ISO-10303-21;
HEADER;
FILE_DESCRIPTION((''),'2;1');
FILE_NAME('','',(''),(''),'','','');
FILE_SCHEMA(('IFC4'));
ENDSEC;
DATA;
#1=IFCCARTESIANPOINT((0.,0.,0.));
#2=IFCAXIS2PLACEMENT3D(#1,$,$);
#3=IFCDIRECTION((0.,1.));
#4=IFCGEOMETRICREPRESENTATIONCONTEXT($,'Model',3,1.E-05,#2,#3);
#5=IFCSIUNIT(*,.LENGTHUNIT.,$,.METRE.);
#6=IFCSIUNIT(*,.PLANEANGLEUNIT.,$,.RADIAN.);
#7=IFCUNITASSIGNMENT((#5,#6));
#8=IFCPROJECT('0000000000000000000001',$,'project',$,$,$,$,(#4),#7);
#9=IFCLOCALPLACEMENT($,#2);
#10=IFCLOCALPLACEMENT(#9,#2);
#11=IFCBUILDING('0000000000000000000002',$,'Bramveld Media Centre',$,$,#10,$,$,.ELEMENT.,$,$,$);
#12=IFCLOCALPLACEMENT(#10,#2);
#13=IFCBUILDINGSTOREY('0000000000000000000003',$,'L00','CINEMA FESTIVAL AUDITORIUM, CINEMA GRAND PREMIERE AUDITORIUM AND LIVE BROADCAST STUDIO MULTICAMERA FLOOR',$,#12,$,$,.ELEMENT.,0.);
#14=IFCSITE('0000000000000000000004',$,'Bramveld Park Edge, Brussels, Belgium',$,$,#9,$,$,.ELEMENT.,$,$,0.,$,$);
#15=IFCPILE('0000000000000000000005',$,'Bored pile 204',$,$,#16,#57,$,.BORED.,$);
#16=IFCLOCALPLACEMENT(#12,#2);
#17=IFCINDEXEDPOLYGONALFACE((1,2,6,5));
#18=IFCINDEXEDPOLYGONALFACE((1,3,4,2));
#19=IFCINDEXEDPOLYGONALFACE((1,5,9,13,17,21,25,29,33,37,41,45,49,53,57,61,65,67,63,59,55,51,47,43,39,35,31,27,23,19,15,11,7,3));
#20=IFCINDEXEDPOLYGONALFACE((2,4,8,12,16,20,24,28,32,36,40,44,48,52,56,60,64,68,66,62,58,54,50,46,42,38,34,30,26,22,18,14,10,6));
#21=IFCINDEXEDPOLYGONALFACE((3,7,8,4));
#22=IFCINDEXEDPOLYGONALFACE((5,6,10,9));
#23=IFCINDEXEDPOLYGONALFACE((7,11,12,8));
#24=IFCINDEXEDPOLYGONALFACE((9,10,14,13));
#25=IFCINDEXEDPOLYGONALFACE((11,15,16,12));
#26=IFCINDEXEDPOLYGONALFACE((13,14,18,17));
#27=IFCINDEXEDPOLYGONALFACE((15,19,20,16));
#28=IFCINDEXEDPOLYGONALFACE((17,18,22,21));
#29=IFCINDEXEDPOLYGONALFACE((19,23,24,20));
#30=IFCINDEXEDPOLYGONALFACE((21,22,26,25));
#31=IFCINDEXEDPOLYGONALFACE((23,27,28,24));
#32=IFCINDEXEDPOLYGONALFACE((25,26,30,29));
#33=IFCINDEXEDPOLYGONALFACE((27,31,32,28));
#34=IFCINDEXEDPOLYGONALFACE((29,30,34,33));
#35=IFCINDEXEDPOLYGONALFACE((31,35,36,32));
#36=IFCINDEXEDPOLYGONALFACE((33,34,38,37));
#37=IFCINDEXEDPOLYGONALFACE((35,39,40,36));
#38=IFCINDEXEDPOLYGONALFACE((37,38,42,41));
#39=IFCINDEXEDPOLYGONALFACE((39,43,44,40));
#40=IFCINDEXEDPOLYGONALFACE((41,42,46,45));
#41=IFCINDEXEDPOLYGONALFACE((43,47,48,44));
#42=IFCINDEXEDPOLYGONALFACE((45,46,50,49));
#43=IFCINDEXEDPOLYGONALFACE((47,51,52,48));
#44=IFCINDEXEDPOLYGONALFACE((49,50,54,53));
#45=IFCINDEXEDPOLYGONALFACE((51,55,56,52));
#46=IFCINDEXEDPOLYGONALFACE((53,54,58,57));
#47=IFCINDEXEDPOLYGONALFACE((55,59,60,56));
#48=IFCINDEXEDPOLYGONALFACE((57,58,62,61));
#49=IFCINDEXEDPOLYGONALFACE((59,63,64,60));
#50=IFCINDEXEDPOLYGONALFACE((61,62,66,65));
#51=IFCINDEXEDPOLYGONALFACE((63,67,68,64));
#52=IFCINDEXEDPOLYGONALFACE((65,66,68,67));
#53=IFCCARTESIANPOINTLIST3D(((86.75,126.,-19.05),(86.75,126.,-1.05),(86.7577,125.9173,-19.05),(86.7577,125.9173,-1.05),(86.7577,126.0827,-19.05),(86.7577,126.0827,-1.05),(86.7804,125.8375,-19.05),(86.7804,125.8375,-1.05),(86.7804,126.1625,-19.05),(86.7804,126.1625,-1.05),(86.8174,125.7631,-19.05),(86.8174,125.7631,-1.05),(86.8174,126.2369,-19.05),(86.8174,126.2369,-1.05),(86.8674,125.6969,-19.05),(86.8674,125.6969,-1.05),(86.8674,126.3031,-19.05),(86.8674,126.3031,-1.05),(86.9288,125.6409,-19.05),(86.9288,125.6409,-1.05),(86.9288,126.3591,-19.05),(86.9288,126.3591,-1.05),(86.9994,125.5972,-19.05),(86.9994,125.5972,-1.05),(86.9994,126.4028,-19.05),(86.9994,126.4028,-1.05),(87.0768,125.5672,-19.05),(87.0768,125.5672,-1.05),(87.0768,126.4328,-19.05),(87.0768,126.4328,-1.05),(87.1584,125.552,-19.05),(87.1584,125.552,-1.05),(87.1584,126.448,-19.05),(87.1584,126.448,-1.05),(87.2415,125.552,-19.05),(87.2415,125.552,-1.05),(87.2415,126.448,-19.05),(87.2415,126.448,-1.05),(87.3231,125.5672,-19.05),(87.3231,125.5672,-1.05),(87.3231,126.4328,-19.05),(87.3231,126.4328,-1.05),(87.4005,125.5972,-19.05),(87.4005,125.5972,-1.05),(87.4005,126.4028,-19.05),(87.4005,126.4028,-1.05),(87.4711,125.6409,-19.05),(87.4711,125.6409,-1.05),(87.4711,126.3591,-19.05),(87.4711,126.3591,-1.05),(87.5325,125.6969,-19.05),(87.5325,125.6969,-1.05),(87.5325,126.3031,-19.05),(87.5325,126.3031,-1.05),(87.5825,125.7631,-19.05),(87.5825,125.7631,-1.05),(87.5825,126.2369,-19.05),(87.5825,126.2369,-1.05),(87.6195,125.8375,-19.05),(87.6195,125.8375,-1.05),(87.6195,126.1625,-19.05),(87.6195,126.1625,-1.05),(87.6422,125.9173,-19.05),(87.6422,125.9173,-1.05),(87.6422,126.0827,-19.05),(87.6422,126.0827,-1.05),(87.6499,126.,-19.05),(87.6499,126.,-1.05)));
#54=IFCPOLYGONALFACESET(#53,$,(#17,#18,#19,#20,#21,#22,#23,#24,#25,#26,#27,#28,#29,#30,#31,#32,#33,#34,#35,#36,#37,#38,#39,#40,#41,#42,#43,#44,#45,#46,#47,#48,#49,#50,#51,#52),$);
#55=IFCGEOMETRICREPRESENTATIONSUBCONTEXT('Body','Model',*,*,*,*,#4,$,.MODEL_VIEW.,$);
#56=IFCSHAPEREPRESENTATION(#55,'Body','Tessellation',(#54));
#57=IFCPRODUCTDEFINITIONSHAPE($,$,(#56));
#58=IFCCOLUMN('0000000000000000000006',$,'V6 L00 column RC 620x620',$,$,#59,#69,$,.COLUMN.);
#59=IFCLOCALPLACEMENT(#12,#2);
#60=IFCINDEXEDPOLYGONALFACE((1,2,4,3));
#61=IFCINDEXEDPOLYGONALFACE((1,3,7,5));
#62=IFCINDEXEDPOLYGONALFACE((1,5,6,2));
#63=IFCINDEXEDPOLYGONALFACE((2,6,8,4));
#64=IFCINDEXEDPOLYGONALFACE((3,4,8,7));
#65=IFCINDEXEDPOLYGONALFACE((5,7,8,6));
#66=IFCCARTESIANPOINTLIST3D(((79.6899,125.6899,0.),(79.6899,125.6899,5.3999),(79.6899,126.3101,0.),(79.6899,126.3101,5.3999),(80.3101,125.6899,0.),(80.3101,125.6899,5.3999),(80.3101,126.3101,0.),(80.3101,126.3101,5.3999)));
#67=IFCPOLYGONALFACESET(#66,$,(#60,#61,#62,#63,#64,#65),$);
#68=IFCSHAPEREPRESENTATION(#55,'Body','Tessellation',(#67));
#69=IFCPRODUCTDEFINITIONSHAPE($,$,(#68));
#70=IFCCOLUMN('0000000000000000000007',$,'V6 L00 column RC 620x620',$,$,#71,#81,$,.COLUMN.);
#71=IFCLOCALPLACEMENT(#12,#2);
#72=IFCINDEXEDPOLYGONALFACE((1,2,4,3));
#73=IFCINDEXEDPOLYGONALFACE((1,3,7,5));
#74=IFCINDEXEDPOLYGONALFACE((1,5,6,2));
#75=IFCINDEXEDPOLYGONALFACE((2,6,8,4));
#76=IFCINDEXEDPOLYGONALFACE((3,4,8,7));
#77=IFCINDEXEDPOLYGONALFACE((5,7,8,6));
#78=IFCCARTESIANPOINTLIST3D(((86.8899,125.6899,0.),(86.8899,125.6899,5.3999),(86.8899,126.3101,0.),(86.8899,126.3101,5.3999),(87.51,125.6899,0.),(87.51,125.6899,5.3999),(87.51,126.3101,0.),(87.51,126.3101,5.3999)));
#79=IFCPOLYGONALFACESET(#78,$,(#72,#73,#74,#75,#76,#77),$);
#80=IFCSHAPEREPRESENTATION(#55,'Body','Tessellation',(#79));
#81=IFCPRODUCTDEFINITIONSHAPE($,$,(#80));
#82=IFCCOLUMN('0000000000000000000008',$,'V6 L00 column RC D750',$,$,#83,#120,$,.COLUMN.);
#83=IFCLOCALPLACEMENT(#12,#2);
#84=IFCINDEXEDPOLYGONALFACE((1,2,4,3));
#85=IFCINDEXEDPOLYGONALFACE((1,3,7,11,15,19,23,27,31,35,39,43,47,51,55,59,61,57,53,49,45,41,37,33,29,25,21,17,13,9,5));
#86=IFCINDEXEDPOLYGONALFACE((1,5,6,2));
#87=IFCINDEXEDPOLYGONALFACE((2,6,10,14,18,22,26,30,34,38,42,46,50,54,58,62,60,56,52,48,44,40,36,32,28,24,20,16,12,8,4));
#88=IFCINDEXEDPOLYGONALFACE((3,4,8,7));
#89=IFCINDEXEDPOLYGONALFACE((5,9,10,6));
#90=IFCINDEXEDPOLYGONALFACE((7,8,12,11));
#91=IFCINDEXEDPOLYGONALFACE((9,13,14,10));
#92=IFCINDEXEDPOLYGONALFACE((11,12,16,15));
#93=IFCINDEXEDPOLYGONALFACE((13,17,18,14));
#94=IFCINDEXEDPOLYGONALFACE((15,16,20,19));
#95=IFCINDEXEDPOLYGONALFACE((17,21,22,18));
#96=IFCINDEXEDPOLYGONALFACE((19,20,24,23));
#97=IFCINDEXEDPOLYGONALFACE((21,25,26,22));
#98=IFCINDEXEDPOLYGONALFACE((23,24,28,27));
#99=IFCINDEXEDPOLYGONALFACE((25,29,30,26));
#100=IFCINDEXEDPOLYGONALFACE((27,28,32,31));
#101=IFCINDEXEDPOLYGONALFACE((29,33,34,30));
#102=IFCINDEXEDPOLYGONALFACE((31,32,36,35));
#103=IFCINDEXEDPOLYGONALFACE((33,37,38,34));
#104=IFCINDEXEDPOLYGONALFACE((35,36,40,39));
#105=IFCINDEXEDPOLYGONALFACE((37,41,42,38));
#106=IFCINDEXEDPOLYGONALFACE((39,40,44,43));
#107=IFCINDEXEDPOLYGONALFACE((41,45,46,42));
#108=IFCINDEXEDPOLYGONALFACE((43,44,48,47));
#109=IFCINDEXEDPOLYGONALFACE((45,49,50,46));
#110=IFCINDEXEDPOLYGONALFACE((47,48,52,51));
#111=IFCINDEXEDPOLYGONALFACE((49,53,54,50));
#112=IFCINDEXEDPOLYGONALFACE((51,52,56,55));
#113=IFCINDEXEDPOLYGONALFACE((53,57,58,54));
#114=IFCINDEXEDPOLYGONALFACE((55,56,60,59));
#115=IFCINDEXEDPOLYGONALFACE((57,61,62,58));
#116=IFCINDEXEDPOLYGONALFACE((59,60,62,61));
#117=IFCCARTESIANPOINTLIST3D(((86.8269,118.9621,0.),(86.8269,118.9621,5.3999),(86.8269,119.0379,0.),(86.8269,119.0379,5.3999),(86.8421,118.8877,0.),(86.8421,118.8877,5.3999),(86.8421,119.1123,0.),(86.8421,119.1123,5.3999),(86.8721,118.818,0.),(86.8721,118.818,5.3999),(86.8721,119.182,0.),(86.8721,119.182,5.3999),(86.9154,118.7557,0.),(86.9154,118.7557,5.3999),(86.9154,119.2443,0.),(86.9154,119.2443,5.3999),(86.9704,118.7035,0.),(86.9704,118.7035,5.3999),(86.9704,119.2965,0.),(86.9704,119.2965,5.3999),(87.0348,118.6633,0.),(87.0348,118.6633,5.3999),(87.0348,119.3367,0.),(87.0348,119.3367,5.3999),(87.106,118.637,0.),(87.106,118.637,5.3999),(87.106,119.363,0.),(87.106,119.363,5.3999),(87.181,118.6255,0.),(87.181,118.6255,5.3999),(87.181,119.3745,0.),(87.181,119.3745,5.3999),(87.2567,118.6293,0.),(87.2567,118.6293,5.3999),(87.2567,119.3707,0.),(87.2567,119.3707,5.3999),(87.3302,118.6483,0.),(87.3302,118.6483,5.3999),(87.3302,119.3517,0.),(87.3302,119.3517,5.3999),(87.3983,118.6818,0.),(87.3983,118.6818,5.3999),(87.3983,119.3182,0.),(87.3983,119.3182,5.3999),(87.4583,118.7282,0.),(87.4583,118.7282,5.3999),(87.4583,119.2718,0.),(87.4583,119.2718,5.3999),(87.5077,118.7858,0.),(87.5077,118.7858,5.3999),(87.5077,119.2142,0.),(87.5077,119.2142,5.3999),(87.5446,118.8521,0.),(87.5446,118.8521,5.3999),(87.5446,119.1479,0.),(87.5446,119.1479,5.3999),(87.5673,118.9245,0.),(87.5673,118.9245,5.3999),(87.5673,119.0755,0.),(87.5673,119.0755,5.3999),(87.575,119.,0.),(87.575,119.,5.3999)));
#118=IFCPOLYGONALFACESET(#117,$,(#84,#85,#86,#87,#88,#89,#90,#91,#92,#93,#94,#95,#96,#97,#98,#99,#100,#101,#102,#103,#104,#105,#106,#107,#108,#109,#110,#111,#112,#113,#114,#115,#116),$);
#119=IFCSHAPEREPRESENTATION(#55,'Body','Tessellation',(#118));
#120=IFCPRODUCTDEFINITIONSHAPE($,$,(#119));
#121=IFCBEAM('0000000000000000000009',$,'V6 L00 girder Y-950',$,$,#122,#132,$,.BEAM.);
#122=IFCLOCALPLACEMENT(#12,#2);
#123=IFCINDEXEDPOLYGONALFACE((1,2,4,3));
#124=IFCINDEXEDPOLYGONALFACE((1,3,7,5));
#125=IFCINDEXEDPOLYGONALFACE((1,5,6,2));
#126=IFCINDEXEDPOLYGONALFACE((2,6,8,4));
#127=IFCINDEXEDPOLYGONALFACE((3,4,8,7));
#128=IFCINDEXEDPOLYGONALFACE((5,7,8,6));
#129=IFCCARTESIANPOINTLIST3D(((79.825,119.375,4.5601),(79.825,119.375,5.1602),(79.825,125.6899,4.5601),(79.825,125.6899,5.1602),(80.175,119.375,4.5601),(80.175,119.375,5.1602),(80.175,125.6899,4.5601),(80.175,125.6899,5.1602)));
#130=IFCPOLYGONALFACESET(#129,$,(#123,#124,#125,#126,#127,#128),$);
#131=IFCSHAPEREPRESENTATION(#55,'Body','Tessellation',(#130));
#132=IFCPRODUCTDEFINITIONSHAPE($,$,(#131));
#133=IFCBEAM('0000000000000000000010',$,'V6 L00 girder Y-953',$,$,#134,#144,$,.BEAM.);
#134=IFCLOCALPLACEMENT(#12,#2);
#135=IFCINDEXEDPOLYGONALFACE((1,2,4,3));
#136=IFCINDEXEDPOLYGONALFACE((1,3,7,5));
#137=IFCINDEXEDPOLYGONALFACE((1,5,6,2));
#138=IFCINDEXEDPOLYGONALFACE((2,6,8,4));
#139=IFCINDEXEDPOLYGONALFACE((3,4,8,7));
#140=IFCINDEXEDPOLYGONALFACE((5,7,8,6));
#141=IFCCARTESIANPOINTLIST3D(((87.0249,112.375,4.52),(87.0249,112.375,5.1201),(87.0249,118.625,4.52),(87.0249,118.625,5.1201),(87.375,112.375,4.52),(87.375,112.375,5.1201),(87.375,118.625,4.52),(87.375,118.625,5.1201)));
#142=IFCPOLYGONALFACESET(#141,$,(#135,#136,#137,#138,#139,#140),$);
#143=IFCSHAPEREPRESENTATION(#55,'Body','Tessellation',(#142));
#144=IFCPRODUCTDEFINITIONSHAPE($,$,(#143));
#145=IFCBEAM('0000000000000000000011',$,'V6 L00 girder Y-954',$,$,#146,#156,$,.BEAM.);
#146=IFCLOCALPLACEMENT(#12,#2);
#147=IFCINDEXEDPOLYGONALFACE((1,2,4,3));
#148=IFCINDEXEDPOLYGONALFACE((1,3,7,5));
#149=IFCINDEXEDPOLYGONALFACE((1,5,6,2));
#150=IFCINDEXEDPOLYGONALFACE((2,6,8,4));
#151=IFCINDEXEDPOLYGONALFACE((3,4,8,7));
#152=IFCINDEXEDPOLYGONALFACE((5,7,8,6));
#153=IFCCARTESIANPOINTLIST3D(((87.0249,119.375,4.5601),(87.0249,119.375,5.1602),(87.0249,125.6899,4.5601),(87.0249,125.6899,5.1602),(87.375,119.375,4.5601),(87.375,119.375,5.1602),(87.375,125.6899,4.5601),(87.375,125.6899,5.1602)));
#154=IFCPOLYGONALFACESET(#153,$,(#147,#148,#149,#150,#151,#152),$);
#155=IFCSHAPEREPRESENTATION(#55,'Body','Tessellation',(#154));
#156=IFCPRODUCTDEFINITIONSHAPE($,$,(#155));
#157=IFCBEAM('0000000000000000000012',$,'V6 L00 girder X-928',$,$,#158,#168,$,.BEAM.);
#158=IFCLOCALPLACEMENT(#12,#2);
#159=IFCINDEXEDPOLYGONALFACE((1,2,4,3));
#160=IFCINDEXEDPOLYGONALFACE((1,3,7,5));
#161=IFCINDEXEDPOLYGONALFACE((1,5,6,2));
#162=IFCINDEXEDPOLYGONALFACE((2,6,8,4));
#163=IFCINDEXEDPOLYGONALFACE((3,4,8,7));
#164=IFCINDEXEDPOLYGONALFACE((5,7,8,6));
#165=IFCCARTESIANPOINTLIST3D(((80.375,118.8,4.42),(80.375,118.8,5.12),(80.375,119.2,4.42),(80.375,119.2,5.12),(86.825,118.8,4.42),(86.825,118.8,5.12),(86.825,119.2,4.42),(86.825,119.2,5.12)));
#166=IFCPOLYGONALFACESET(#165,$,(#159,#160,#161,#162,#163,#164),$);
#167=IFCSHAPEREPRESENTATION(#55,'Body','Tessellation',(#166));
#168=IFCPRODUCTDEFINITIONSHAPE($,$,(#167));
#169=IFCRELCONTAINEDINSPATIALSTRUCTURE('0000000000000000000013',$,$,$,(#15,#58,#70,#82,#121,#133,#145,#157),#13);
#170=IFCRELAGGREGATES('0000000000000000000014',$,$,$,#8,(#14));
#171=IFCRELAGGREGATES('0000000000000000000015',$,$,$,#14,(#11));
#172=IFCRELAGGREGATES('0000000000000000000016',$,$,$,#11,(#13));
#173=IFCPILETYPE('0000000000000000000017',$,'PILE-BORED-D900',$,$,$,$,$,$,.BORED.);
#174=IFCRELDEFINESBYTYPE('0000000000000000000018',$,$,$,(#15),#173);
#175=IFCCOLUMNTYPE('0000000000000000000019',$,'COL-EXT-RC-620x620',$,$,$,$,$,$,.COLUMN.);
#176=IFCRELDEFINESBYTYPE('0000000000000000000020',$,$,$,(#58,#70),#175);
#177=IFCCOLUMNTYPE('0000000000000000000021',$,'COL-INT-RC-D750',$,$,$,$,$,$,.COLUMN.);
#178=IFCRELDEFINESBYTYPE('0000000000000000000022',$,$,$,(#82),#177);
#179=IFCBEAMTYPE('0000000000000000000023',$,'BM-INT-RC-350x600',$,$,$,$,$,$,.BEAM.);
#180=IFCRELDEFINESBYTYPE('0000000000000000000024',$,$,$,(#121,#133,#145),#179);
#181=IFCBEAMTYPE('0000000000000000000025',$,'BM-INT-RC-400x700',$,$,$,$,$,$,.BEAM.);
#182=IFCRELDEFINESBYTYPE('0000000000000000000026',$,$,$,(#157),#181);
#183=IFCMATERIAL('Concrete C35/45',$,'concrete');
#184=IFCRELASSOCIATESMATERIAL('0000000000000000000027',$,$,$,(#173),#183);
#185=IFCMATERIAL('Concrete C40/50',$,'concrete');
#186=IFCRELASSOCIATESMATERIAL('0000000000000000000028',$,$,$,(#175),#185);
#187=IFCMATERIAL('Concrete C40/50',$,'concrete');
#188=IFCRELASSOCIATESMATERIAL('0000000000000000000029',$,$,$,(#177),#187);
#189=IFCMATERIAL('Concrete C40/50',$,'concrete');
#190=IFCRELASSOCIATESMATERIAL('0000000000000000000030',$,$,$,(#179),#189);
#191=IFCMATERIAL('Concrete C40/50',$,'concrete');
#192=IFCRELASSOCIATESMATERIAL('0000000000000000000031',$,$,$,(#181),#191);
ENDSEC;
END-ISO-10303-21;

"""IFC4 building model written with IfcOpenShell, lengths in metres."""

from ifc_helpers import new_model, si_unit, direction, frame, origin, origin_2d, place, context, subcontext, project, spatial, rectangle, circle, extrude, material, material_profile, profile_set, type_object, element, save


model = new_model("IFC4")

# Units and contexts
model_context = context("Model", 3, precision=1e-05, world=origin(), true_north=direction((0.0, 1.0)))
body_context = subcontext(model_context, "Body", "Model", "MODEL_VIEW")
ifc_project = project(units=[si_unit("LENGTHUNIT", "METRE"), si_unit("PLANEANGLEUNIT", "RADIAN")], contexts=[model_context])

# Site, building, storey
site_placement = place(None, origin())
site = spatial("IfcSite", under=ifc_project, at=site_placement, Name="Bramveld Park Edge, Brussels, Belgium", CompositionType="ELEMENT", RefElevation=0.0)
building_placement = place(site_placement, origin())
building = spatial("IfcBuilding", under=site, at=building_placement, Name="Bramveld Media Centre", CompositionType="ELEMENT")
storey_placement = place(building_placement, origin())
storey = spatial("IfcBuildingStorey", under=building, at=storey_placement, Name="L00", Description="CINEMA FESTIVAL AUDITORIUM, CINEMA GRAND PREMIERE AUDITORIUM AND LIVE BROADCAST STUDIO MULTICAMERA FLOOR", CompositionType="ELEMENT", Elevation=0.0)

# Pile
ifc_material_1 = material(Name="Concrete C35/45", Category="concrete")
ifc_material_profile_1 = material_profile(ifc_material_1, circle(Radius=0.45, at=origin_2d()), Name="BORED D900")
ifc_profile_set_1 = profile_set([ifc_material_profile_1], Name="Concrete C35/45")
pile_type = type_object("IfcPileType", Name="PILE-BORED-D900", PredefinedType="BORED", material=ifc_profile_set_1)
for number, where, z_axis, x_axis, name in (
    (1, (87.2, 126.0, -1.05), (0.0, 0.0, -1.0), (1.0, 0.0, 0.0), "Bored pile 204"),
):
    element("IfcPile", number, at=place(storey_placement, frame(where, z_axis=z_axis, x_axis=x_axis)), inside=storey, type_object=pile_type, Name=name, PredefinedType="BORED", context=body_context, shape_type="SweptSolid", body=[
        extrude(circle(Radius=0.45, at=origin_2d()), origin(), (0.0, 0.0, 1.0), 18.0),
    ])

# Columns
ifc_material_2 = material(Name="Concrete C40/50", Category="concrete")
ifc_material_profile_2 = material_profile(ifc_material_2, rectangle(XDim=0.6201, YDim=0.6201, at=origin_2d()), Name="RC 620x620")
ifc_profile_set_2 = profile_set([ifc_material_profile_2], Name="Concrete C40/50")
column_type_1 = type_object("IfcColumnType", Name="COL-EXT-RC-620x620", PredefinedType="COLUMN", material=ifc_profile_set_2)
for number, where, z_axis, x_axis, name in (
    (2, (80.0, 126.0, 0.0), (0.0, 0.0, 1.0), (1.0, 0.0, 0.0), "V6 L00 column RC 620x620"),
    (3, (87.2, 126.0, 0.0), (0.0, 0.0, 1.0), (1.0, 0.0, 0.0), "V6 L00 column RC 620x620"),
):
    element("IfcColumn", number, at=place(storey_placement, frame(where, z_axis=z_axis, x_axis=x_axis)), inside=storey, type_object=column_type_1, Name=name, PredefinedType="COLUMN", context=body_context, shape_type="SweptSolid", body=[
        extrude(rectangle(XDim=0.6201, YDim=0.6201, at=origin_2d()), origin(), (0.0, 0.0, 1.0), 5.3999),
    ])
ifc_material_3 = material(Name="Concrete C40/50", Category="concrete")
ifc_material_profile_3 = material_profile(ifc_material_3, circle(Radius=0.375, at=origin_2d()), Name="RC D750")
ifc_profile_set_3 = profile_set([ifc_material_profile_3], Name="Concrete C40/50")
column_type_2 = type_object("IfcColumnType", Name="COL-INT-RC-D750", PredefinedType="COLUMN", material=ifc_profile_set_3)
column_placement = place(storey_placement, frame((87.2, 119.0, 0.0), z_axis=(0.0, 0.0, 1.0), x_axis=(1.0, 0.0, 0.0)))
element("IfcColumn", 4, at=column_placement, inside=storey, type_object=column_type_2, Name="V6 L00 column RC D750", PredefinedType="COLUMN", context=body_context, shape_type="SweptSolid", body=[
    extrude(circle(Radius=0.375, at=origin_2d()), origin(), (0.0, 0.0, 1.0), 5.3999),
])

# Beams
ifc_material_4 = material(Name="Concrete C40/50", Category="concrete")
ifc_material_profile_4 = material_profile(ifc_material_4, rectangle(XDim=0.3501, YDim=0.6001, at=origin_2d()), Name="RC 350x600")
ifc_profile_set_4 = profile_set([ifc_material_profile_4], Name="Concrete C40/50")
beam_type_1 = type_object("IfcBeamType", Name="BM-INT-RC-350x600", PredefinedType="BEAM", material=ifc_profile_set_4)
beam_1_placement = place(storey_placement, frame((80.0, 119.375, 4.8601), z_axis=(0.0, 1.0, 0.0), x_axis=(-1.0, 0.0, 0.0)))
element("IfcBeam", 5, at=beam_1_placement, inside=storey, type_object=beam_type_1, Name="V6 L00 girder Y-950", PredefinedType="BEAM", context=body_context, shape_type="SweptSolid", body=[
    extrude(rectangle(XDim=0.3501, YDim=0.6001, at=origin_2d()), origin(), (0.0, 0.0, 1.0), 6.3149),
])
beam_2_placement = place(storey_placement, frame((87.2, 112.375, 4.8201), z_axis=(0.0, 1.0, 0.0), x_axis=(-1.0, 0.0, 0.0)))
element("IfcBeam", 6, at=beam_2_placement, inside=storey, type_object=beam_type_1, Name="V6 L00 girder Y-953", PredefinedType="BEAM", context=body_context, shape_type="SweptSolid", body=[
    extrude(rectangle(XDim=0.3501, YDim=0.6001, at=origin_2d()), origin(), (0.0, 0.0, 1.0), 6.25),
])
beam_3_placement = place(storey_placement, frame((87.2, 119.375, 4.8601), z_axis=(0.0, 1.0, 0.0), x_axis=(-1.0, 0.0, 0.0)))
element("IfcBeam", 7, at=beam_3_placement, inside=storey, type_object=beam_type_1, Name="V6 L00 girder Y-954", PredefinedType="BEAM", context=body_context, shape_type="SweptSolid", body=[
    extrude(rectangle(XDim=0.3501, YDim=0.6001, at=origin_2d()), origin(), (0.0, 0.0, 1.0), 6.3149),
])
ifc_material_5 = material(Name="Concrete C40/50", Category="concrete")
ifc_material_profile_5 = material_profile(ifc_material_5, rectangle(XDim=0.3999, YDim=0.7, at=origin_2d()), Name="RC 400x700")
ifc_profile_set_5 = profile_set([ifc_material_profile_5], Name="Concrete C40/50")
beam_type_2 = type_object("IfcBeamType", Name="BM-INT-RC-400x700", PredefinedType="BEAM", material=ifc_profile_set_5)
beam_4_placement = place(storey_placement, frame((80.375, 119.0, 4.77), z_axis=(1.0, 0.0, 0.0), x_axis=(0.0, 1.0, 0.0)))
element("IfcBeam", 8, at=beam_4_placement, inside=storey, type_object=beam_type_2, Name="V6 L00 girder X-928", PredefinedType="BEAM", context=body_context, shape_type="SweptSolid", body=[
    extrude(rectangle(XDim=0.3999, YDim=0.7, at=origin_2d()), origin(), (0.0, 0.0, 1.0), 6.45),
])

save(model, "model.ifc")
